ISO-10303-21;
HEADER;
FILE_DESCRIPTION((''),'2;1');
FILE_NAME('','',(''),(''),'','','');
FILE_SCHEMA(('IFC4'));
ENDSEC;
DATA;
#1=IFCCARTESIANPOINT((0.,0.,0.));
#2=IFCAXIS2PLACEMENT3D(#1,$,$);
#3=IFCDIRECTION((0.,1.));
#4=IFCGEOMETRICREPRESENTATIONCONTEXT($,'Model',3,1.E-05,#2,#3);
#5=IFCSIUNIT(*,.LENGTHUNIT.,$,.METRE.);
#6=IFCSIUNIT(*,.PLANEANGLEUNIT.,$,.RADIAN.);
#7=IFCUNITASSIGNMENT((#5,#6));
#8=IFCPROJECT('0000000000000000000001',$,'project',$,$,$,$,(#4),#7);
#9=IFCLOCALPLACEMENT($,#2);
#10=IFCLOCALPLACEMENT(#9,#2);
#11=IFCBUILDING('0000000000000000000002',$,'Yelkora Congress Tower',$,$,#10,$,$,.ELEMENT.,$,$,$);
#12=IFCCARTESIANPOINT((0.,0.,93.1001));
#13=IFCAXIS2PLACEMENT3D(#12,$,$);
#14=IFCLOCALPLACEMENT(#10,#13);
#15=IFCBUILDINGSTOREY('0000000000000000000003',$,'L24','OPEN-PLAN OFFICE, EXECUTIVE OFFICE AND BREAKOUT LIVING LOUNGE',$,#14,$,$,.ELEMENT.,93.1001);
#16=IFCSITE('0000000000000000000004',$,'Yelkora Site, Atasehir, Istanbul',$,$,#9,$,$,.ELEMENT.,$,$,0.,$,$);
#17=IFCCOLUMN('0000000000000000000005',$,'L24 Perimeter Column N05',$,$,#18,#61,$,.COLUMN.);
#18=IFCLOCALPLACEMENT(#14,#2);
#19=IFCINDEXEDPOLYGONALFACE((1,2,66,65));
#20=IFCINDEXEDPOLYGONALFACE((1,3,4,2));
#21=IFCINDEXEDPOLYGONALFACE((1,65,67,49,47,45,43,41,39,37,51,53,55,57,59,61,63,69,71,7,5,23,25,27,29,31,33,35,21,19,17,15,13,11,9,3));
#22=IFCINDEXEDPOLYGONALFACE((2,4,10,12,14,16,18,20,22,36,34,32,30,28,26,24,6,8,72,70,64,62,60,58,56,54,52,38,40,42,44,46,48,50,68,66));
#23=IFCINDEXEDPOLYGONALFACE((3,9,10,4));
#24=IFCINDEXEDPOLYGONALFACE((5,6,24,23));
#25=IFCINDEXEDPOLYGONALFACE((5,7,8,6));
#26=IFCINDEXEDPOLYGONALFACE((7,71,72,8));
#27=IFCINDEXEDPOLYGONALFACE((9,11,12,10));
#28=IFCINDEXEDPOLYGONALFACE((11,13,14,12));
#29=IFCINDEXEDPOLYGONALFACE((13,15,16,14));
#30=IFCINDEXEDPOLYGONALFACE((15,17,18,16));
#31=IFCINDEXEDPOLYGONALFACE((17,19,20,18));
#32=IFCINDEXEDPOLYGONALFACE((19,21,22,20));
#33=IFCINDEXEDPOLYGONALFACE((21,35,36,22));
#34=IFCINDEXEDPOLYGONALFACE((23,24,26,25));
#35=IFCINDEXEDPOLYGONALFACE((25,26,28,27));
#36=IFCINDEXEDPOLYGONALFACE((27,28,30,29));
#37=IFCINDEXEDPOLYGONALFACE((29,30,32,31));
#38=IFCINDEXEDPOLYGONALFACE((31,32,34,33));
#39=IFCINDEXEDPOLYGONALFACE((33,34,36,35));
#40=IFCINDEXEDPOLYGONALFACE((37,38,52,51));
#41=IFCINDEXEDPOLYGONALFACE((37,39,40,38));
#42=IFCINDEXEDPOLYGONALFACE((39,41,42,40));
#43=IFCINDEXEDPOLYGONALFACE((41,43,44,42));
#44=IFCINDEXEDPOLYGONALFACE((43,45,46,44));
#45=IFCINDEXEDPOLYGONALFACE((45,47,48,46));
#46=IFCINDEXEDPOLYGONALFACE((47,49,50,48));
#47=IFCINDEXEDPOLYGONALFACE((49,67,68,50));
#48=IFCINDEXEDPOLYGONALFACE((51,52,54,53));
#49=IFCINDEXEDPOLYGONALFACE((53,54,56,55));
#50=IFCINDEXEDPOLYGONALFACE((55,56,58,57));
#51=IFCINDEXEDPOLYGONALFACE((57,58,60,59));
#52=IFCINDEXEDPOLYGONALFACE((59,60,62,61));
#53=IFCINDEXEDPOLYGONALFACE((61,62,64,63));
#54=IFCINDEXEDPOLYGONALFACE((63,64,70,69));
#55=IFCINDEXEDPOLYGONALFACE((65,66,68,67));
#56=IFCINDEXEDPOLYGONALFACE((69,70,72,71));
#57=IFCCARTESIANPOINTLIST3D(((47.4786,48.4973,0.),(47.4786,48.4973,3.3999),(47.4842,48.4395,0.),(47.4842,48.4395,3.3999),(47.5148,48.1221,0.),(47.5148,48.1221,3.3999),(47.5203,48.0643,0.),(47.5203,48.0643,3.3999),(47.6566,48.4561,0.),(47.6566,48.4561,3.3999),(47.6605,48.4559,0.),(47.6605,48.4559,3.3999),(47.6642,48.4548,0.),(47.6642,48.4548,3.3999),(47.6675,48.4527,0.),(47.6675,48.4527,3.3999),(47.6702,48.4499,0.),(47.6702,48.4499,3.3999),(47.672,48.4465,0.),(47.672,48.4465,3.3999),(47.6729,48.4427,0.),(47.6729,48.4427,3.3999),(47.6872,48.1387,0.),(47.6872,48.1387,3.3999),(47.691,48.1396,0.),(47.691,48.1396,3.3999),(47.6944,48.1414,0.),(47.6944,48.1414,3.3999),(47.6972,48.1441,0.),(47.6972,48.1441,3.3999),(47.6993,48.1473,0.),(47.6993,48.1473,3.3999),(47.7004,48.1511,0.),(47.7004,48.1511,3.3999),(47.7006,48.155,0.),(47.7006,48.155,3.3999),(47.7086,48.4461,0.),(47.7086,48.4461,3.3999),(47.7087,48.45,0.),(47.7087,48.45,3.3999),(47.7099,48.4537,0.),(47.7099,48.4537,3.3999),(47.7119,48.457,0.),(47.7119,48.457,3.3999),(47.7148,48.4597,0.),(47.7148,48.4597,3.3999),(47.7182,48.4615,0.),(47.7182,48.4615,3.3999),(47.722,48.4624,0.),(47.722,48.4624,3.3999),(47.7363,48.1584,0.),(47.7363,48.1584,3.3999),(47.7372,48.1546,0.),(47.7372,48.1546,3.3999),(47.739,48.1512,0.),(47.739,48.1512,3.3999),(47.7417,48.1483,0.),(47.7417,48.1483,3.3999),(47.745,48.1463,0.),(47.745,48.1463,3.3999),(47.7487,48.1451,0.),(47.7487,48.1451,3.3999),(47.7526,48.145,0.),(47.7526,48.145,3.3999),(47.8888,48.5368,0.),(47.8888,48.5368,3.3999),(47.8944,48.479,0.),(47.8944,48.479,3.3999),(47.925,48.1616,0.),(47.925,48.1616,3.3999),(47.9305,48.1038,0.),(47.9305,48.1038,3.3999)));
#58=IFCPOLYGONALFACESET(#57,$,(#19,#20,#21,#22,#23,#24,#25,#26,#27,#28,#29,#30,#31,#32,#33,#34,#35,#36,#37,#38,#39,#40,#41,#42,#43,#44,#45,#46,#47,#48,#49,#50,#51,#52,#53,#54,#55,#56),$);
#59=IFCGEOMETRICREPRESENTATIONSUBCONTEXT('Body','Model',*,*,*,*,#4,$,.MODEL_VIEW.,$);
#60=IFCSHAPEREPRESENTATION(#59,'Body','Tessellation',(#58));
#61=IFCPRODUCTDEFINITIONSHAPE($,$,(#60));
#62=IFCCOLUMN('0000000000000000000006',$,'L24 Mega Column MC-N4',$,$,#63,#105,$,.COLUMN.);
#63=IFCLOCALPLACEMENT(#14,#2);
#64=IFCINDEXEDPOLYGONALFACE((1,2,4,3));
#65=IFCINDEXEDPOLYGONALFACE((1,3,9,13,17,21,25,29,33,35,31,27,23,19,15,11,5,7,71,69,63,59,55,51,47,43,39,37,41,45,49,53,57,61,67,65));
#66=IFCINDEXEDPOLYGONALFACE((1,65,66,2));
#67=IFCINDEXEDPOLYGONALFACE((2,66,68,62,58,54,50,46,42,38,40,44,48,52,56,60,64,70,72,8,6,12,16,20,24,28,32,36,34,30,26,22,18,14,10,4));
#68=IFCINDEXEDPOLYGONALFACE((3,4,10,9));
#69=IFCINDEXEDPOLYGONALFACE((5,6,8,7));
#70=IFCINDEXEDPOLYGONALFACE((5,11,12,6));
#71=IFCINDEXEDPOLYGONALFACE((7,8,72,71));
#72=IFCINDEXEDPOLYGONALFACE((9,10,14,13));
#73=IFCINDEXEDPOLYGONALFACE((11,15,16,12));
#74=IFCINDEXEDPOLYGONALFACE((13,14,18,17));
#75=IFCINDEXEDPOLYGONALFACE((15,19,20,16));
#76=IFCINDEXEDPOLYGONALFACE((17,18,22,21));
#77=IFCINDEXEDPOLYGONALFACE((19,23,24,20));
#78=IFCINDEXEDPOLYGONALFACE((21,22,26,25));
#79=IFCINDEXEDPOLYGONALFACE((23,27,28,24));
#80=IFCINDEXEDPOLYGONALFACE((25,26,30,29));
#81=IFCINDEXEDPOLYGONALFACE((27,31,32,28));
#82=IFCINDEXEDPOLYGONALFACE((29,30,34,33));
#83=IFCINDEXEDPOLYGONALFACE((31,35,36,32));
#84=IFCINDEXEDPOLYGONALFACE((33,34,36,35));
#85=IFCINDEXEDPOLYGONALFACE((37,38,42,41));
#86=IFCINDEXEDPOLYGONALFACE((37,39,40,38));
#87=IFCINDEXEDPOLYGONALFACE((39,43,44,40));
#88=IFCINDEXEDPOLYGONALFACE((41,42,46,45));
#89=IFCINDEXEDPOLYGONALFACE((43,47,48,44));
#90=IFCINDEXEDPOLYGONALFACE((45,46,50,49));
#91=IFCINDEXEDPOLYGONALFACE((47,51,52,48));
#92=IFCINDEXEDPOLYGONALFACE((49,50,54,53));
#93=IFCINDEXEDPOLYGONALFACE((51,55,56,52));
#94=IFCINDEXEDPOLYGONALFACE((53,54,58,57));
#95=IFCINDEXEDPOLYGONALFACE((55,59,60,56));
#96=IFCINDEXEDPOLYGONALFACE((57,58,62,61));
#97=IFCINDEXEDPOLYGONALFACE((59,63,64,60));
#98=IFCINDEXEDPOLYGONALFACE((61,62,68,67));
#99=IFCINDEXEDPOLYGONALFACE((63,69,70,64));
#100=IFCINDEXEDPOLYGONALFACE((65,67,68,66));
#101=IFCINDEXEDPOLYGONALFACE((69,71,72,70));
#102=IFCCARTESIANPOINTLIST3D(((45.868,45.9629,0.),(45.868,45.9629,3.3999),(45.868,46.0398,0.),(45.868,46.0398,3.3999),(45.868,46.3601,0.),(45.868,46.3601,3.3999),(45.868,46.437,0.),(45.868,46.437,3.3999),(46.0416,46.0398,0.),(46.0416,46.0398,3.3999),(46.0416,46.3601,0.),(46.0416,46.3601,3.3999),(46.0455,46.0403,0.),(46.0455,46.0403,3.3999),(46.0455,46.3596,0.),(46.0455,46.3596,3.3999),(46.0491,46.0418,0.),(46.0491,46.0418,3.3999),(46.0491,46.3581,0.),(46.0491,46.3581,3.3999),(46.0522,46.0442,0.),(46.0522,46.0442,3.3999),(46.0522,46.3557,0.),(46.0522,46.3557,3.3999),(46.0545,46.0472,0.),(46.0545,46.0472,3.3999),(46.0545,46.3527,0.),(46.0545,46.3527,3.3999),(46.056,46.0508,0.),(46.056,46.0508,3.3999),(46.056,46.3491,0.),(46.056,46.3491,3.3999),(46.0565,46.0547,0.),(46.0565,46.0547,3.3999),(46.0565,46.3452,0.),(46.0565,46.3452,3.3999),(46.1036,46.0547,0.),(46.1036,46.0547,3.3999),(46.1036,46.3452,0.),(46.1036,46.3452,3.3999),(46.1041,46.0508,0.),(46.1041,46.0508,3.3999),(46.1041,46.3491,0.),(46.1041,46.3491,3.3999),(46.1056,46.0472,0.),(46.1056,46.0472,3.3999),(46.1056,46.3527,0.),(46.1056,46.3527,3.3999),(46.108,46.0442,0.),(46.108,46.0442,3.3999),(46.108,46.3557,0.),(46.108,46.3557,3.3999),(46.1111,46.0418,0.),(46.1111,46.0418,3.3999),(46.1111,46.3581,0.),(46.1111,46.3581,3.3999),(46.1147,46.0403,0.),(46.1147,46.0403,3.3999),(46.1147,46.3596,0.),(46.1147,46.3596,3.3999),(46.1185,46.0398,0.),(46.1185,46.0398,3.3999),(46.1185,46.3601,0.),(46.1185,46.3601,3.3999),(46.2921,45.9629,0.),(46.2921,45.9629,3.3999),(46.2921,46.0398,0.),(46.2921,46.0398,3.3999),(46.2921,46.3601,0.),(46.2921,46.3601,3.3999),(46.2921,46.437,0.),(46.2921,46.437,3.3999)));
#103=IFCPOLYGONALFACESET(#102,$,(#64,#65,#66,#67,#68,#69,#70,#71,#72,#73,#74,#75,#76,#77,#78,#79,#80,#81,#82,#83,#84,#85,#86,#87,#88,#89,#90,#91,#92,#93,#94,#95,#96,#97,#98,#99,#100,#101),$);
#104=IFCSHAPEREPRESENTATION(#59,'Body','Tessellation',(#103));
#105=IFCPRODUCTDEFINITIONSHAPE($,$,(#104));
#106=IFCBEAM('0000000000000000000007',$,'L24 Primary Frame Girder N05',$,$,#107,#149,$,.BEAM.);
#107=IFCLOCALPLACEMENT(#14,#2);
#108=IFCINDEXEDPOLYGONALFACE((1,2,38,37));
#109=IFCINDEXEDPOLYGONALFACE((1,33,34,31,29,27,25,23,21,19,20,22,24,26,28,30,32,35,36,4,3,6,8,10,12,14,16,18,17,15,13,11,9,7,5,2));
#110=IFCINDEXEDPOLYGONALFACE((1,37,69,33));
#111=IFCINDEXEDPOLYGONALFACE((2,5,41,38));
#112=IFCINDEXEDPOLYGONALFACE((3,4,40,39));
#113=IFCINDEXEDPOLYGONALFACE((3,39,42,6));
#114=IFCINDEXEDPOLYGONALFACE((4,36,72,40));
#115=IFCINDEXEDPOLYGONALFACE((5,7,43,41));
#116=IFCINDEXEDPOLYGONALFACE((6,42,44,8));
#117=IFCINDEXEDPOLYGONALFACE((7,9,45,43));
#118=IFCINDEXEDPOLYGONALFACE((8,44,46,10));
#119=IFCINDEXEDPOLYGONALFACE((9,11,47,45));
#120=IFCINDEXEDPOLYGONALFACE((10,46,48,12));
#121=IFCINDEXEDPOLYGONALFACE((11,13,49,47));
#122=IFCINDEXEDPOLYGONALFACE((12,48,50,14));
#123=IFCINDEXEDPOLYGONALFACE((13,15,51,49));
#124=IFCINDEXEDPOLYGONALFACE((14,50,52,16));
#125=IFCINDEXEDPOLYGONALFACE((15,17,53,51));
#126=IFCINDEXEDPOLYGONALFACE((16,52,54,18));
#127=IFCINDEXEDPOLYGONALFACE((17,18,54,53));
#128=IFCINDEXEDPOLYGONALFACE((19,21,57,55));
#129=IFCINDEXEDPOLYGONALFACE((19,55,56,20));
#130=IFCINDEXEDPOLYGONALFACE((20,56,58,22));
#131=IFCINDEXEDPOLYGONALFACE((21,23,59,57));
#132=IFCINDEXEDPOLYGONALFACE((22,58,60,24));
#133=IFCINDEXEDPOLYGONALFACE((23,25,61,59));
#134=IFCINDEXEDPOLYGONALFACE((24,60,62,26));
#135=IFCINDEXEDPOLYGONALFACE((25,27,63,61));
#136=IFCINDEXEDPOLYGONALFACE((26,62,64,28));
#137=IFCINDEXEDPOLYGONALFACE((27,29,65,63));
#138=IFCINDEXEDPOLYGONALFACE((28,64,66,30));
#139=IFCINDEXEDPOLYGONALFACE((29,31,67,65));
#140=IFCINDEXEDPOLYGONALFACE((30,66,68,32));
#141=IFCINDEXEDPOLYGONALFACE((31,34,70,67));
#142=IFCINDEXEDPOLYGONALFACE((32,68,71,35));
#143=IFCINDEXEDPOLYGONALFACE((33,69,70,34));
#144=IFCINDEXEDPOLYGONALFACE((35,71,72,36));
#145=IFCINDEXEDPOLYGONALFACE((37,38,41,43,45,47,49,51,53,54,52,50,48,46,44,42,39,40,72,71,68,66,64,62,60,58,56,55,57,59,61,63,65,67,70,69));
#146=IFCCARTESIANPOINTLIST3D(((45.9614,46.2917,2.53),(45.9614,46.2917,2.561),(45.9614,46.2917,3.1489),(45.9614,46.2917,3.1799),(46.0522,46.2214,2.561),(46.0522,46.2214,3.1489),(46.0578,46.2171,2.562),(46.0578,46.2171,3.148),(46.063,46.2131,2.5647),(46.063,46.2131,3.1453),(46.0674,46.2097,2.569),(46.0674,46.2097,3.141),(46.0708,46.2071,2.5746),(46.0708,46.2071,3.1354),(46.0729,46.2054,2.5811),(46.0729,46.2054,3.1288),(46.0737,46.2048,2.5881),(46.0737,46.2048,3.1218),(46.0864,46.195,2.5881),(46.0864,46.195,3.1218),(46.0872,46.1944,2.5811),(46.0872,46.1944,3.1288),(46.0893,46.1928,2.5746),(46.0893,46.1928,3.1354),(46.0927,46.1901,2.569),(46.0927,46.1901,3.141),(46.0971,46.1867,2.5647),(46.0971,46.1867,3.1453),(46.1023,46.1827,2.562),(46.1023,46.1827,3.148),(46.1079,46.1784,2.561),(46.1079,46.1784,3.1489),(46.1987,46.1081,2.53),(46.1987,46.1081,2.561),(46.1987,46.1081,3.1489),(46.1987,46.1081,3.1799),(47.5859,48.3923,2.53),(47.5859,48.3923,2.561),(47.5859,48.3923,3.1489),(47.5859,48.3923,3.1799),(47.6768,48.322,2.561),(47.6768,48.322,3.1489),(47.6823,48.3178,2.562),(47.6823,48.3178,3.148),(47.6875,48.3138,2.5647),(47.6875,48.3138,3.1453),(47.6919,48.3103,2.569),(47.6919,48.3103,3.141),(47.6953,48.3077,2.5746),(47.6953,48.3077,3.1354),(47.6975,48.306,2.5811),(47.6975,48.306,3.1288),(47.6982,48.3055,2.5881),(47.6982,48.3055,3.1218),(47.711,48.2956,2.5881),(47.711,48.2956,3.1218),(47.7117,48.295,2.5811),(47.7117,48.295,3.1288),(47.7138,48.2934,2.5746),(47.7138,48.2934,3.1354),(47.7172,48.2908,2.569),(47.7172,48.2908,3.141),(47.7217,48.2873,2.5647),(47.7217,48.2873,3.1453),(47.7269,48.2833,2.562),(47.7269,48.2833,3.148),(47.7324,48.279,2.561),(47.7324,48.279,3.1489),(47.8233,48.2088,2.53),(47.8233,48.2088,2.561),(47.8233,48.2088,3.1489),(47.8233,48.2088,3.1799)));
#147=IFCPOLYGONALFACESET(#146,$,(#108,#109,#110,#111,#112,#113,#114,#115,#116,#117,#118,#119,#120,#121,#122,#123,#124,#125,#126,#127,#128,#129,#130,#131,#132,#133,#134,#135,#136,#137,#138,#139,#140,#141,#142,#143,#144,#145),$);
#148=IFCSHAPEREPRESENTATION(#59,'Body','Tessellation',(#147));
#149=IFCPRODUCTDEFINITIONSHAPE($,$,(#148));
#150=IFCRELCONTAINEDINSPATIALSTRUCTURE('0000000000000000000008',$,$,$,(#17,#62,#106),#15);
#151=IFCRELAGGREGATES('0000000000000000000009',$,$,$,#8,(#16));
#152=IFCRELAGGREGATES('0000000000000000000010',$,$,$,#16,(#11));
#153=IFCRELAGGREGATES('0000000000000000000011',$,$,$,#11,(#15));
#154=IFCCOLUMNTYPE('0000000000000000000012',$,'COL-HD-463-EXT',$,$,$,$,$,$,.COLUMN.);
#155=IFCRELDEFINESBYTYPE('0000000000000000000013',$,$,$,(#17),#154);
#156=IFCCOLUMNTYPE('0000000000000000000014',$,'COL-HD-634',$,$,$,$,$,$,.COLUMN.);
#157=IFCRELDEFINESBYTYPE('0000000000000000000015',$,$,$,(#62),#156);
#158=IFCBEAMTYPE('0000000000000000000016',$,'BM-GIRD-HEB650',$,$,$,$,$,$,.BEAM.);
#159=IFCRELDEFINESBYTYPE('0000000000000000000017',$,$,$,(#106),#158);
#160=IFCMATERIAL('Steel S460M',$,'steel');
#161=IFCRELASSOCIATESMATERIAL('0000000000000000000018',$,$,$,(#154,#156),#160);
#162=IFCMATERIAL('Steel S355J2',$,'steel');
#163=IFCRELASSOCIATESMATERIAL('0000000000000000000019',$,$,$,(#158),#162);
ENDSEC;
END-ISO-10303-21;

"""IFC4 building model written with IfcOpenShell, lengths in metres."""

from ifc_helpers import new_model, si_unit, direction, frame, origin, origin_2d, place, context, subcontext, project, spatial, i_section, extrude, material, material_profile, profile_set, type_object, element, save


model = new_model("IFC4")

# Units and contexts
model_context = context("Model", 3, precision=1e-05, world=origin(), true_north=direction((0.0, 1.0)))
body_context = subcontext(model_context, "Body", "Model", "MODEL_VIEW")
ifc_project = project(units=[si_unit("LENGTHUNIT", "METRE"), si_unit("PLANEANGLEUNIT", "RADIAN")], contexts=[model_context])

# Site, building, storey
site_placement = place(None, origin())
site = spatial("IfcSite", under=ifc_project, at=site_placement, Name="Yelkora Site, Atasehir, Istanbul", CompositionType="ELEMENT", RefElevation=0.0)
building_placement = place(site_placement, origin())
building = spatial("IfcBuilding", under=site, at=building_placement, Name="Yelkora Congress Tower", CompositionType="ELEMENT")
storey_placement = place(building_placement, frame((0.0, 0.0, 93.1001)))
storey = spatial("IfcBuildingStorey", under=building, at=storey_placement, Name="L24", Description="OPEN-PLAN OFFICE, EXECUTIVE OFFICE AND BREAKOUT LIVING LOUNGE", CompositionType="ELEMENT", Elevation=93.1001)

# Columns
ifc_material_1 = material(Name="Steel S460M", Category="steel")
ifc_material_profile_1 = material_profile(ifc_material_1, i_section(OverallWidth=0.4121, OverallDepth=0.4351, WebThickness=0.0359, FlangeThickness=0.0581, FilletRadius=0.0149, at=origin_2d()), Name="HD 400x463")
ifc_profile_set_1 = profile_set([ifc_material_profile_1], Name="Steel S460M")
column_type_1 = type_object("IfcColumnType", Name="COL-HD-463-EXT", PredefinedType="COLUMN", material=ifc_profile_set_1)
column_1_placement = place(storey_placement, frame((47.7046, 48.3005, 0.0), z_axis=(0.0, 0.0, 1.0), x_axis=(0.995396, 0.095846, 0.0)))
element("IfcColumn", 1, at=column_1_placement, inside=storey, type_object=column_type_1, Name="L24 Perimeter Column N05", PredefinedType="COLUMN", context=body_context, shape_type="SweptSolid", body=[
    extrude(i_section(OverallWidth=0.4121, OverallDepth=0.4351, WebThickness=0.0359, FlangeThickness=0.0581, FilletRadius=0.0149, at=origin_2d()), origin(), (0.0, 0.0, 1.0), 3.3999),
])
ifc_material_profile_2 = material_profile(ifc_material_1, i_section(OverallWidth=0.4241, OverallDepth=0.4741, WebThickness=0.0471, FlangeThickness=0.0769, FilletRadius=0.0149, at=origin_2d()), Name="HD 400x634")
ifc_profile_set_2 = profile_set([ifc_material_profile_2], Name="Steel S460M")
column_type_2 = type_object("IfcColumnType", Name="COL-HD-634", PredefinedType="COLUMN", material=ifc_profile_set_2)
column_2_placement = place(storey_placement, frame((46.0801, 46.2, 0.0), z_axis=(0.0, 0.0, 1.0), x_axis=(1.0, 0.0, 0.0)))
element("IfcColumn", 2, at=column_2_placement, inside=storey, type_object=column_type_2, Name="L24 Mega Column MC-N4", PredefinedType="COLUMN", context=body_context, shape_type="SweptSolid", body=[
    extrude(i_section(OverallWidth=0.4241, OverallDepth=0.4741, WebThickness=0.0471, FlangeThickness=0.0769, FilletRadius=0.0149, at=origin_2d()), origin(), (0.0, 0.0, 1.0), 3.3999),
])

# Beam
ifc_material_2 = material(Name="Steel S355J2", Category="steel")
ifc_material_profile_3 = material_profile(ifc_material_2, i_section(OverallWidth=0.3, OverallDepth=0.6499, WebThickness=0.0161, FlangeThickness=0.031, FilletRadius=0.0271, at=origin_2d()), Name="HEB 650")
ifc_profile_set_3 = profile_set([ifc_material_profile_3], Name="Steel S355J2")
beam_type_1 = type_object("IfcBeamType", Name="BM-GIRD-HEB650", PredefinedType="BEAM", material=ifc_profile_set_3)
beam_1_placement = place(storey_placement, frame((47.7046, 48.3005, 2.855), z_axis=(-0.611761, -0.791042, 0.0), x_axis=(0.791042, -0.611761, 0.0)))
element("IfcBeam", 3, at=beam_1_placement, inside=storey, type_object=beam_type_1, Name="L24 Primary Frame Girder N05", PredefinedType="BEAM", context=body_context, shape_type="SweptSolid", body=[
    extrude(i_section(OverallWidth=0.3, OverallDepth=0.6499, WebThickness=0.0161, FlangeThickness=0.031, FilletRadius=0.0271, at=origin_2d()), origin(), (0.0, 0.0, 1.0), 2.6555),
])

save(model, "model.ifc")
